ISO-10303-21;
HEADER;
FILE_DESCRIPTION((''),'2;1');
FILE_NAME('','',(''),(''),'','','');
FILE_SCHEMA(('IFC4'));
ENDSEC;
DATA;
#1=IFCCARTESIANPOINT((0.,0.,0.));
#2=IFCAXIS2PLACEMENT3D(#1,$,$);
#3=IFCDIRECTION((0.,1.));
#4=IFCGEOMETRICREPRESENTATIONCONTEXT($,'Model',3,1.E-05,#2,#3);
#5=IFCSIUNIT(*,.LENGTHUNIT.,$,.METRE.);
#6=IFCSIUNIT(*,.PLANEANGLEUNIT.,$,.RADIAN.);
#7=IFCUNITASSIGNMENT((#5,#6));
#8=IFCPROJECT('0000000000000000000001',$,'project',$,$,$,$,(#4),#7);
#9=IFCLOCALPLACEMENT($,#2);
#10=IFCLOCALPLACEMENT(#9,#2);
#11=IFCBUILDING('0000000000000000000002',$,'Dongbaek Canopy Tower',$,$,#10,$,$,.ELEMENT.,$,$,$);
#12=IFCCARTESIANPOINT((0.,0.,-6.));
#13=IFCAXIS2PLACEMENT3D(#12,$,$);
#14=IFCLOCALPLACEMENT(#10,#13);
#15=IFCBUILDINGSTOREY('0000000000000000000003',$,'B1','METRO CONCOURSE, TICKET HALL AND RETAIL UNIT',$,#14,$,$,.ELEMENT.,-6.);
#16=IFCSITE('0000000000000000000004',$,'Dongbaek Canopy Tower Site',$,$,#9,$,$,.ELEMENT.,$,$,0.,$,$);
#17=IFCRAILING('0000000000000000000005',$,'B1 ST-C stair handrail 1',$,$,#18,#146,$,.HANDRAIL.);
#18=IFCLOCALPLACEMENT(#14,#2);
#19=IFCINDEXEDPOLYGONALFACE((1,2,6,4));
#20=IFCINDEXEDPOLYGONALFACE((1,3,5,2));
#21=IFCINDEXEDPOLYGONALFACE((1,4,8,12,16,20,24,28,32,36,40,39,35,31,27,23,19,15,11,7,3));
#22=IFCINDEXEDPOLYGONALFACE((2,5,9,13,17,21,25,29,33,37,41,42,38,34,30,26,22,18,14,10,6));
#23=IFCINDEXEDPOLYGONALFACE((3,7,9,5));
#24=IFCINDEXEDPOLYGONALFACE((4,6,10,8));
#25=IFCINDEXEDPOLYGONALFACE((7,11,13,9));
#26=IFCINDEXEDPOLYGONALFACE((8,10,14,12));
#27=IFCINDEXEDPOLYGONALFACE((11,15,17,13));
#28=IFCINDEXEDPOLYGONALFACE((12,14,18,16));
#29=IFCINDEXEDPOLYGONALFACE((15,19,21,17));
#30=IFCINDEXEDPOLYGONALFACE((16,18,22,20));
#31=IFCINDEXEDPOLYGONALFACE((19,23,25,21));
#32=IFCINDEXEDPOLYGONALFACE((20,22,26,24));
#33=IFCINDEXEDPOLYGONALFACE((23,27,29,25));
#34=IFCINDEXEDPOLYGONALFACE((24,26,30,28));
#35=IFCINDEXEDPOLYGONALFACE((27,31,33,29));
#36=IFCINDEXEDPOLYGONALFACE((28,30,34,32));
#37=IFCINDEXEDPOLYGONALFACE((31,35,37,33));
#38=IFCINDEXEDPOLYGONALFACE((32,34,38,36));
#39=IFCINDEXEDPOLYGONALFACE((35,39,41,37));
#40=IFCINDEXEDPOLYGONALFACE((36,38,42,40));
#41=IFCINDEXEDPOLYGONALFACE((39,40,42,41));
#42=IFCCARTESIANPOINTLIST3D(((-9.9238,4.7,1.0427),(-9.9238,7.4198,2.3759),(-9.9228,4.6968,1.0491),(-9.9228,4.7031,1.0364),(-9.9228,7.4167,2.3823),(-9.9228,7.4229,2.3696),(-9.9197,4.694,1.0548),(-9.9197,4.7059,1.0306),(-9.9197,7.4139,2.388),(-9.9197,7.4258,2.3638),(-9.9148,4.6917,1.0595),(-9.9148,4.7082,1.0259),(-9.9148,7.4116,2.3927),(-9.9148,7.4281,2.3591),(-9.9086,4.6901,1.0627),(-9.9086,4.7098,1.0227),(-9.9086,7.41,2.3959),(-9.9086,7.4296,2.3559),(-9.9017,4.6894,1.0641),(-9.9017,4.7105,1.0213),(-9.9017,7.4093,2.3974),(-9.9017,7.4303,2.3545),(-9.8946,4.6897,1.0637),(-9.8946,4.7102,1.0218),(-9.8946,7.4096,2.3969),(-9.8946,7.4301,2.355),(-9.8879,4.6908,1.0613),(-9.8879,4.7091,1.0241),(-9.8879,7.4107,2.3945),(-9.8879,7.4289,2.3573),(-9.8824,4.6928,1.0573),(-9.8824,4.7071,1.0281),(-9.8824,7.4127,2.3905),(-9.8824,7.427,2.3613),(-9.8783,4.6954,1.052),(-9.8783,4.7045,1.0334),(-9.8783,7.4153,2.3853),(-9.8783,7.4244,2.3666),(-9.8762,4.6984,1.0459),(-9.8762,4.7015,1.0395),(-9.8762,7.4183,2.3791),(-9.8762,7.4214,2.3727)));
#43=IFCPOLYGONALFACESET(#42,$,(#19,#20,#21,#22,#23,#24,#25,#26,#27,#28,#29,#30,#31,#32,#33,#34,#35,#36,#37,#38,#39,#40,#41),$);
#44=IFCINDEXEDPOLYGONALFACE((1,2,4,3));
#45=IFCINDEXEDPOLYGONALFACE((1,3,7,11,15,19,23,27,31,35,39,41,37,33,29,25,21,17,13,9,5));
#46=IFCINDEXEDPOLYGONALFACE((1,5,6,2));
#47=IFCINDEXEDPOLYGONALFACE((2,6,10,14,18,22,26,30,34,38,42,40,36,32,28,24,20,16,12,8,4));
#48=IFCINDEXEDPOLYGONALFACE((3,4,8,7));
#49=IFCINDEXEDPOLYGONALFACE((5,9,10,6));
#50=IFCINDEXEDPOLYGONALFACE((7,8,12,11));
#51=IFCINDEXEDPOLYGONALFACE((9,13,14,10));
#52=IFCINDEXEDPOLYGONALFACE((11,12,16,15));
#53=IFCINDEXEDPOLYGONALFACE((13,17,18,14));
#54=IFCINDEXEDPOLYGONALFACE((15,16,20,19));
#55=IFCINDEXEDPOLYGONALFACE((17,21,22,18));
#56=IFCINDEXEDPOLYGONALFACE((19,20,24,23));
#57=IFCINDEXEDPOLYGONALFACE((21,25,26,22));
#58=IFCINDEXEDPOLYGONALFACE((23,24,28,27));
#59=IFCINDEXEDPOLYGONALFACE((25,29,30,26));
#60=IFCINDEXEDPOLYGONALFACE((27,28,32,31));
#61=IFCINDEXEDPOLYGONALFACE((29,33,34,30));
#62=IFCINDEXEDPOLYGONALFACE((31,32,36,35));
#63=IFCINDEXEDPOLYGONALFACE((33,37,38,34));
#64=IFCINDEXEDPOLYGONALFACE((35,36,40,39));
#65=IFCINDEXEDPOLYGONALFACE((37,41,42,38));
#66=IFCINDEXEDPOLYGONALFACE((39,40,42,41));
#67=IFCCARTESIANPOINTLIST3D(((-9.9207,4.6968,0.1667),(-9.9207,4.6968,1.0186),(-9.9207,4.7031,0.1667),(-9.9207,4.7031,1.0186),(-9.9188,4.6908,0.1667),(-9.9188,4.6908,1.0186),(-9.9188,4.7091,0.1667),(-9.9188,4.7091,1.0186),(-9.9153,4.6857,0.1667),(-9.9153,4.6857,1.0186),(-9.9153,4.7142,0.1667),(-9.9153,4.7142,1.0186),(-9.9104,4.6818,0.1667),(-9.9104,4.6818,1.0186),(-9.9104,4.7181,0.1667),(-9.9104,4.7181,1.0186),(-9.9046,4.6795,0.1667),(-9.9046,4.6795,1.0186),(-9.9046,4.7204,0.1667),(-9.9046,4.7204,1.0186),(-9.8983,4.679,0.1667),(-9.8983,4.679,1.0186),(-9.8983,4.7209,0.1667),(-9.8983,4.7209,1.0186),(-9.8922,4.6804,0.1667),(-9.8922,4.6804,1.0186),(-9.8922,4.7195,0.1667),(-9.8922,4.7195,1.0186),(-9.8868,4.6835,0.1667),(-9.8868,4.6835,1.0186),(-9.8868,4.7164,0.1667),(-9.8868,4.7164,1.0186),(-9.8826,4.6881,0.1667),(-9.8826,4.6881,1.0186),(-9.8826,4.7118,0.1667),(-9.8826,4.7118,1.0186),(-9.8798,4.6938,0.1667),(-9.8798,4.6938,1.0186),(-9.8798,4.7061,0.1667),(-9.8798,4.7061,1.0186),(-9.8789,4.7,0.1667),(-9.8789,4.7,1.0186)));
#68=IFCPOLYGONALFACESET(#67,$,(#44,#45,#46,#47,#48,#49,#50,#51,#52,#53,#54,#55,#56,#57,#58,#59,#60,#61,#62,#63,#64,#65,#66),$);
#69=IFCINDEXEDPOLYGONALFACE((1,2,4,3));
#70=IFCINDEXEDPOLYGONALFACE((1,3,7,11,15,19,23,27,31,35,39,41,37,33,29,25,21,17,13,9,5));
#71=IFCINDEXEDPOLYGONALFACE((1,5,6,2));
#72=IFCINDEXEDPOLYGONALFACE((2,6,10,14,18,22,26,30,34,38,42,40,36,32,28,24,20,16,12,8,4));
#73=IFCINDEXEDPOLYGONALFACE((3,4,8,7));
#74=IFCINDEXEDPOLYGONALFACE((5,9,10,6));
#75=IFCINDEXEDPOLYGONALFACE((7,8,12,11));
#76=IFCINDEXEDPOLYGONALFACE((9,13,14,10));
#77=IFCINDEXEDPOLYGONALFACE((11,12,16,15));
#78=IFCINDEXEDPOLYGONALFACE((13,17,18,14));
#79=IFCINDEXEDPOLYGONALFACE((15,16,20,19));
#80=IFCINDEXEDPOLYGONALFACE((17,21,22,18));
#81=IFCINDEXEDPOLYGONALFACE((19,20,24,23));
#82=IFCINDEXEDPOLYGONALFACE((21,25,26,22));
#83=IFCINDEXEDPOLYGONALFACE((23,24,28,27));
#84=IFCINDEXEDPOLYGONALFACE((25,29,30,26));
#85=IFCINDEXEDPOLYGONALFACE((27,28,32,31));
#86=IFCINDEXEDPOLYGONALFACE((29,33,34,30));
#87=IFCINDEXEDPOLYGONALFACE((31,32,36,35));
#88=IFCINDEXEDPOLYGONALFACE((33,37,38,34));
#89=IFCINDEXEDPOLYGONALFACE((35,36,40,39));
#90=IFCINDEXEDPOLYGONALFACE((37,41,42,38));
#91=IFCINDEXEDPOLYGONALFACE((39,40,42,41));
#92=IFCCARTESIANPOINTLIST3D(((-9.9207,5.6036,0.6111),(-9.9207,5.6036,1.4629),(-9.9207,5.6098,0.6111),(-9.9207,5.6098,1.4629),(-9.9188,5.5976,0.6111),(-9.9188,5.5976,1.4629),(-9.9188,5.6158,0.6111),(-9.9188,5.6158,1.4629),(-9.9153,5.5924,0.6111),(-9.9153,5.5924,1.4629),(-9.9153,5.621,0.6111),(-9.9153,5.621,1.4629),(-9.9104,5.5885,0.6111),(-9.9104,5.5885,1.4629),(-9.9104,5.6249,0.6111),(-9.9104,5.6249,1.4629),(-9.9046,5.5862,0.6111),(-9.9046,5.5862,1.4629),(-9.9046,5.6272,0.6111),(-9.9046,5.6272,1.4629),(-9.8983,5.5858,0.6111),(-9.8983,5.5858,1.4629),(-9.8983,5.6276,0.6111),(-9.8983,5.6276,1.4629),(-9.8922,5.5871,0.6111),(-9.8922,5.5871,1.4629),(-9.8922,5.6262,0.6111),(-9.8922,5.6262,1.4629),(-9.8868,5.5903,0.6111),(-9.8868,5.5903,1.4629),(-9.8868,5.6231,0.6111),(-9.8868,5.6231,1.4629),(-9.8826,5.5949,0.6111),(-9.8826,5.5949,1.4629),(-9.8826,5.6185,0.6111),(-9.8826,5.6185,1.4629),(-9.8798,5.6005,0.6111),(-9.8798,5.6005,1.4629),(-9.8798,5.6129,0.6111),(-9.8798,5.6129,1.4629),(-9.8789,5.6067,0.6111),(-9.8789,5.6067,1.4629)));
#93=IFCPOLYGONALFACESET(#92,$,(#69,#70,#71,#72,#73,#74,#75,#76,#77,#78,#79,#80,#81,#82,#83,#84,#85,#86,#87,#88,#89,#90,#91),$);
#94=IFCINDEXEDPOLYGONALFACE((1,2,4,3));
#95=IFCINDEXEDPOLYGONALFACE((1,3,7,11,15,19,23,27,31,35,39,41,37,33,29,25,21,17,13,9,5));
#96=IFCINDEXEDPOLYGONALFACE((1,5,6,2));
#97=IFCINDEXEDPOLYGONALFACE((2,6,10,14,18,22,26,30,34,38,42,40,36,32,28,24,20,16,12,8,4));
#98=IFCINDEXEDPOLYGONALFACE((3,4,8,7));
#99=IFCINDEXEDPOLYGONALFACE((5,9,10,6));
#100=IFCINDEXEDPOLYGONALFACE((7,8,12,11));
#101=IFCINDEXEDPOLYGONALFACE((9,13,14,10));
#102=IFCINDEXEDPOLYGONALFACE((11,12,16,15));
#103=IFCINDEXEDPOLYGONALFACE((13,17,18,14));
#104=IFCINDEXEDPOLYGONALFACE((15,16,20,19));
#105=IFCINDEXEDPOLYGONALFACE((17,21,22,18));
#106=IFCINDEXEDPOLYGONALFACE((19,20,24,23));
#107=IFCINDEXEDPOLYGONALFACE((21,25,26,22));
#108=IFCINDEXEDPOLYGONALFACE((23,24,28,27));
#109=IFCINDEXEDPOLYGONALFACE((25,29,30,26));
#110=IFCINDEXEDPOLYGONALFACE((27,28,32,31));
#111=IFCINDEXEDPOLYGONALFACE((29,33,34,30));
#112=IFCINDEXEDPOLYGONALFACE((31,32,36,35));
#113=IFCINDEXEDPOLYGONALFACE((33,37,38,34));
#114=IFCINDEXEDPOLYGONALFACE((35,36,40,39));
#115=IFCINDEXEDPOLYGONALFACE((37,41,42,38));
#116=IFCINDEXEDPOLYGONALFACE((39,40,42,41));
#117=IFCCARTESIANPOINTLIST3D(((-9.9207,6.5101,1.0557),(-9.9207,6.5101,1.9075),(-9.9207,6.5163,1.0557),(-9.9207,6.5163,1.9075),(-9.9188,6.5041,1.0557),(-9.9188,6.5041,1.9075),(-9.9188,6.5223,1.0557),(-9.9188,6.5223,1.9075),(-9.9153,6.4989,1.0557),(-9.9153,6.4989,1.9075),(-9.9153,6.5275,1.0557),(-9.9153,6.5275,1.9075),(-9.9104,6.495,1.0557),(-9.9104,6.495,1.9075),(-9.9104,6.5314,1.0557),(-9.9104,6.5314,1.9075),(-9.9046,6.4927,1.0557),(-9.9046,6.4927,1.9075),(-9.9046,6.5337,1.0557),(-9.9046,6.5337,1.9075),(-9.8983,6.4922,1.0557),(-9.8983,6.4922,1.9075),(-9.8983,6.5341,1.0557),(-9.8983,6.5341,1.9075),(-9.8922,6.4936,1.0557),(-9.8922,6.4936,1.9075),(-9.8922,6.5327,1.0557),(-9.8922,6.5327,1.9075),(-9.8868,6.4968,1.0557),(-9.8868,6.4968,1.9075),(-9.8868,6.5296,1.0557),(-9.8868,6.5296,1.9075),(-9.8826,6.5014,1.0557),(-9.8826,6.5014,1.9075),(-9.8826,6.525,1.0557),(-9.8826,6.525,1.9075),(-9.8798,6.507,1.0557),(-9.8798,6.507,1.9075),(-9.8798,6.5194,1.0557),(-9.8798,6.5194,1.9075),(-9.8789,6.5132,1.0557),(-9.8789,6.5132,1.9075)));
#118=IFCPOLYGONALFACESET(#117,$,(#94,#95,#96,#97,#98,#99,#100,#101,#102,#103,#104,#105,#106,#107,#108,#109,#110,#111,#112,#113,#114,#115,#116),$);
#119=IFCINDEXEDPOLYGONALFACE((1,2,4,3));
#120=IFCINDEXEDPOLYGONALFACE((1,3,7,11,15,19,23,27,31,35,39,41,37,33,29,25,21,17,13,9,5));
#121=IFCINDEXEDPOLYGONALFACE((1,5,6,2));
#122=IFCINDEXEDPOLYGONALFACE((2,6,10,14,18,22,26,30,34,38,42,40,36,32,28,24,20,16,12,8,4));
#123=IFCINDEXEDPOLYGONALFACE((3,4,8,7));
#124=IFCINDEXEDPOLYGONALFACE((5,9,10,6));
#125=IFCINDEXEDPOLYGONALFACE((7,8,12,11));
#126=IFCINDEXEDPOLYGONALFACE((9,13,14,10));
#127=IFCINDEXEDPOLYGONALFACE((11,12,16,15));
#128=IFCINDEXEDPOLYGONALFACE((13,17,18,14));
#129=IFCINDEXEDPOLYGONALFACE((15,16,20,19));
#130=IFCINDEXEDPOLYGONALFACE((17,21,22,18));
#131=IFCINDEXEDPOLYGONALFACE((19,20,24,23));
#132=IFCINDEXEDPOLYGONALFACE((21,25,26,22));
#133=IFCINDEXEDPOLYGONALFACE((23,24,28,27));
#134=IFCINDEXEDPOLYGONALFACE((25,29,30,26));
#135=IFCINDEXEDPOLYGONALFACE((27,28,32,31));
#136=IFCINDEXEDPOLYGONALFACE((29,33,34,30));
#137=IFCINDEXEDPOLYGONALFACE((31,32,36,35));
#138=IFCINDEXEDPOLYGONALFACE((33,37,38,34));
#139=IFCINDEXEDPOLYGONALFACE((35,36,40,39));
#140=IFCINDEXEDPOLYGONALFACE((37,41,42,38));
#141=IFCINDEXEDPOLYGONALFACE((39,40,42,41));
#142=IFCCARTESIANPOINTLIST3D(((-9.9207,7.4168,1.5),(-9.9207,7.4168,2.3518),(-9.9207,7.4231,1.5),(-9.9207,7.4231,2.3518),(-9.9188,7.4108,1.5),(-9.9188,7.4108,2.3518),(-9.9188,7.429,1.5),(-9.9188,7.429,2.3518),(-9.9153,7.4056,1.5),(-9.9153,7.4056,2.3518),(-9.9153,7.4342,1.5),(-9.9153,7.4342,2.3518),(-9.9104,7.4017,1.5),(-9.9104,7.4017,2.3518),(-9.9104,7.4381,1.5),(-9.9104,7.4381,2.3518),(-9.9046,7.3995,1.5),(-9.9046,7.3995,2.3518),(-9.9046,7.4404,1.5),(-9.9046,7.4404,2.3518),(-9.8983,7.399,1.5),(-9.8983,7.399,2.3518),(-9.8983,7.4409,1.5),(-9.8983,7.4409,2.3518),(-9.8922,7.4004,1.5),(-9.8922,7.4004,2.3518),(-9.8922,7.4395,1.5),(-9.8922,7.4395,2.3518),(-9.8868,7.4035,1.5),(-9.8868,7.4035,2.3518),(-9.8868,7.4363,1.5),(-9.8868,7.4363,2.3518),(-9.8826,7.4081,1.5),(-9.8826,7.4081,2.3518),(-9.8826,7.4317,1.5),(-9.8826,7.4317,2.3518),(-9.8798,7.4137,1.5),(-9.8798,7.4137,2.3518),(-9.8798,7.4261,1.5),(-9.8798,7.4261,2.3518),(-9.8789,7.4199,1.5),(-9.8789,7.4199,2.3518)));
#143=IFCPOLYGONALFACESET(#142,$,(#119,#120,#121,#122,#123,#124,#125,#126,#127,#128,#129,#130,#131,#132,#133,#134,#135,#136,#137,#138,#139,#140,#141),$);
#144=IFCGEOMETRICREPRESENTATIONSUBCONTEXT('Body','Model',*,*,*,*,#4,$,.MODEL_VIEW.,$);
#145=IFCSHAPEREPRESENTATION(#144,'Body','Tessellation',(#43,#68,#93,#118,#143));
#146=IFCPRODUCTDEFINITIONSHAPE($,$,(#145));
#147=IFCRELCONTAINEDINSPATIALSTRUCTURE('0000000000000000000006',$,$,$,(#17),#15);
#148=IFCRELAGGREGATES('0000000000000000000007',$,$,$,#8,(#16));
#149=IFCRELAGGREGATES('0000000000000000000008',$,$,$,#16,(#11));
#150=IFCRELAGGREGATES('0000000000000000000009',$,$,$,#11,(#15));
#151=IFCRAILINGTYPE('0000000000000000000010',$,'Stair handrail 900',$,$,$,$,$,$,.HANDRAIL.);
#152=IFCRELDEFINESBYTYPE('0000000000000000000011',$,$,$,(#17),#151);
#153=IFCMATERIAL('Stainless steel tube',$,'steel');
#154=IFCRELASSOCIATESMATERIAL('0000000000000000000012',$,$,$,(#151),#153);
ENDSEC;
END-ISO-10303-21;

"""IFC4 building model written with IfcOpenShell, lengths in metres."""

from ifc_helpers import new_model, si_unit, direction, frame, origin, origin_2d, place, context, subcontext, project, spatial, circle, extrude, material, type_object, element, save


model = new_model("IFC4")

# Units and contexts
model_context = context("Model", 3, precision=1e-05, world=origin(), true_north=direction((0.0, 1.0)))
body_context = subcontext(model_context, "Body", "Model", "MODEL_VIEW")
ifc_project = project(units=[si_unit("LENGTHUNIT", "METRE"), si_unit("PLANEANGLEUNIT", "RADIAN")], contexts=[model_context])

# Site, building, storey
site_placement = place(None, origin())
site = spatial("IfcSite", under=ifc_project, at=site_placement, Name="Dongbaek Canopy Tower Site", CompositionType="ELEMENT", RefElevation=0.0)
building_placement = place(site_placement, origin())
building = spatial("IfcBuilding", under=site, at=building_placement, Name="Dongbaek Canopy Tower", CompositionType="ELEMENT")
storey_placement = place(building_placement, frame((0.0, 0.0, -6.0)))
storey = spatial("IfcBuildingStorey", under=building, at=storey_placement, Name="B1", Description="METRO CONCOURSE, TICKET HALL AND RETAIL UNIT", CompositionType="ELEMENT", Elevation=-6.0)

# Railing
ifc_material_1 = material(Name="Stainless steel tube", Category="steel")
railing_type_1 = type_object("IfcRailingType", Name="Stair handrail 900", PredefinedType="HANDRAIL", material=ifc_material_1)
for number, where, name in (
    (1, (-9.8999, 4.7, 0.1667), "B1 ST-C stair handrail 1"),
):
    element("IfcRailing", number, at=place(storey_placement, frame(where)), inside=storey, type_object=railing_type_1, Name=name, PredefinedType="HANDRAIL", context=body_context, shape_type="SweptSolid", body=[
        extrude(circle(Radius=0.0239, at=origin_2d()), frame((0.0, 0.0, 0.876), z_axis=(0.0, 0.897929, 0.440139), x_axis=(-1.0, 0.0, 0.0)), (0.0, 0.0, 1.0), 3.0291),
        extrude(circle(Radius=0.021, at=origin_2d()), origin(), (0.0, 0.0, 1.0), 0.8518),
        extrude(circle(Radius=0.021, at=origin_2d()), frame((0.0, 0.9067, 0.4443)), (0.0, 0.0, 1.0), 0.8518),
        extrude(circle(Radius=0.021, at=origin_2d()), frame((0.0, 1.8132, 0.8889)), (0.0, 0.0, 1.0), 0.8518),
        extrude(circle(Radius=0.021, at=origin_2d()), frame((0.0, 2.72, 1.3333)), (0.0, 0.0, 1.0), 0.8518),
    ])

save(model, "model.ifc")
